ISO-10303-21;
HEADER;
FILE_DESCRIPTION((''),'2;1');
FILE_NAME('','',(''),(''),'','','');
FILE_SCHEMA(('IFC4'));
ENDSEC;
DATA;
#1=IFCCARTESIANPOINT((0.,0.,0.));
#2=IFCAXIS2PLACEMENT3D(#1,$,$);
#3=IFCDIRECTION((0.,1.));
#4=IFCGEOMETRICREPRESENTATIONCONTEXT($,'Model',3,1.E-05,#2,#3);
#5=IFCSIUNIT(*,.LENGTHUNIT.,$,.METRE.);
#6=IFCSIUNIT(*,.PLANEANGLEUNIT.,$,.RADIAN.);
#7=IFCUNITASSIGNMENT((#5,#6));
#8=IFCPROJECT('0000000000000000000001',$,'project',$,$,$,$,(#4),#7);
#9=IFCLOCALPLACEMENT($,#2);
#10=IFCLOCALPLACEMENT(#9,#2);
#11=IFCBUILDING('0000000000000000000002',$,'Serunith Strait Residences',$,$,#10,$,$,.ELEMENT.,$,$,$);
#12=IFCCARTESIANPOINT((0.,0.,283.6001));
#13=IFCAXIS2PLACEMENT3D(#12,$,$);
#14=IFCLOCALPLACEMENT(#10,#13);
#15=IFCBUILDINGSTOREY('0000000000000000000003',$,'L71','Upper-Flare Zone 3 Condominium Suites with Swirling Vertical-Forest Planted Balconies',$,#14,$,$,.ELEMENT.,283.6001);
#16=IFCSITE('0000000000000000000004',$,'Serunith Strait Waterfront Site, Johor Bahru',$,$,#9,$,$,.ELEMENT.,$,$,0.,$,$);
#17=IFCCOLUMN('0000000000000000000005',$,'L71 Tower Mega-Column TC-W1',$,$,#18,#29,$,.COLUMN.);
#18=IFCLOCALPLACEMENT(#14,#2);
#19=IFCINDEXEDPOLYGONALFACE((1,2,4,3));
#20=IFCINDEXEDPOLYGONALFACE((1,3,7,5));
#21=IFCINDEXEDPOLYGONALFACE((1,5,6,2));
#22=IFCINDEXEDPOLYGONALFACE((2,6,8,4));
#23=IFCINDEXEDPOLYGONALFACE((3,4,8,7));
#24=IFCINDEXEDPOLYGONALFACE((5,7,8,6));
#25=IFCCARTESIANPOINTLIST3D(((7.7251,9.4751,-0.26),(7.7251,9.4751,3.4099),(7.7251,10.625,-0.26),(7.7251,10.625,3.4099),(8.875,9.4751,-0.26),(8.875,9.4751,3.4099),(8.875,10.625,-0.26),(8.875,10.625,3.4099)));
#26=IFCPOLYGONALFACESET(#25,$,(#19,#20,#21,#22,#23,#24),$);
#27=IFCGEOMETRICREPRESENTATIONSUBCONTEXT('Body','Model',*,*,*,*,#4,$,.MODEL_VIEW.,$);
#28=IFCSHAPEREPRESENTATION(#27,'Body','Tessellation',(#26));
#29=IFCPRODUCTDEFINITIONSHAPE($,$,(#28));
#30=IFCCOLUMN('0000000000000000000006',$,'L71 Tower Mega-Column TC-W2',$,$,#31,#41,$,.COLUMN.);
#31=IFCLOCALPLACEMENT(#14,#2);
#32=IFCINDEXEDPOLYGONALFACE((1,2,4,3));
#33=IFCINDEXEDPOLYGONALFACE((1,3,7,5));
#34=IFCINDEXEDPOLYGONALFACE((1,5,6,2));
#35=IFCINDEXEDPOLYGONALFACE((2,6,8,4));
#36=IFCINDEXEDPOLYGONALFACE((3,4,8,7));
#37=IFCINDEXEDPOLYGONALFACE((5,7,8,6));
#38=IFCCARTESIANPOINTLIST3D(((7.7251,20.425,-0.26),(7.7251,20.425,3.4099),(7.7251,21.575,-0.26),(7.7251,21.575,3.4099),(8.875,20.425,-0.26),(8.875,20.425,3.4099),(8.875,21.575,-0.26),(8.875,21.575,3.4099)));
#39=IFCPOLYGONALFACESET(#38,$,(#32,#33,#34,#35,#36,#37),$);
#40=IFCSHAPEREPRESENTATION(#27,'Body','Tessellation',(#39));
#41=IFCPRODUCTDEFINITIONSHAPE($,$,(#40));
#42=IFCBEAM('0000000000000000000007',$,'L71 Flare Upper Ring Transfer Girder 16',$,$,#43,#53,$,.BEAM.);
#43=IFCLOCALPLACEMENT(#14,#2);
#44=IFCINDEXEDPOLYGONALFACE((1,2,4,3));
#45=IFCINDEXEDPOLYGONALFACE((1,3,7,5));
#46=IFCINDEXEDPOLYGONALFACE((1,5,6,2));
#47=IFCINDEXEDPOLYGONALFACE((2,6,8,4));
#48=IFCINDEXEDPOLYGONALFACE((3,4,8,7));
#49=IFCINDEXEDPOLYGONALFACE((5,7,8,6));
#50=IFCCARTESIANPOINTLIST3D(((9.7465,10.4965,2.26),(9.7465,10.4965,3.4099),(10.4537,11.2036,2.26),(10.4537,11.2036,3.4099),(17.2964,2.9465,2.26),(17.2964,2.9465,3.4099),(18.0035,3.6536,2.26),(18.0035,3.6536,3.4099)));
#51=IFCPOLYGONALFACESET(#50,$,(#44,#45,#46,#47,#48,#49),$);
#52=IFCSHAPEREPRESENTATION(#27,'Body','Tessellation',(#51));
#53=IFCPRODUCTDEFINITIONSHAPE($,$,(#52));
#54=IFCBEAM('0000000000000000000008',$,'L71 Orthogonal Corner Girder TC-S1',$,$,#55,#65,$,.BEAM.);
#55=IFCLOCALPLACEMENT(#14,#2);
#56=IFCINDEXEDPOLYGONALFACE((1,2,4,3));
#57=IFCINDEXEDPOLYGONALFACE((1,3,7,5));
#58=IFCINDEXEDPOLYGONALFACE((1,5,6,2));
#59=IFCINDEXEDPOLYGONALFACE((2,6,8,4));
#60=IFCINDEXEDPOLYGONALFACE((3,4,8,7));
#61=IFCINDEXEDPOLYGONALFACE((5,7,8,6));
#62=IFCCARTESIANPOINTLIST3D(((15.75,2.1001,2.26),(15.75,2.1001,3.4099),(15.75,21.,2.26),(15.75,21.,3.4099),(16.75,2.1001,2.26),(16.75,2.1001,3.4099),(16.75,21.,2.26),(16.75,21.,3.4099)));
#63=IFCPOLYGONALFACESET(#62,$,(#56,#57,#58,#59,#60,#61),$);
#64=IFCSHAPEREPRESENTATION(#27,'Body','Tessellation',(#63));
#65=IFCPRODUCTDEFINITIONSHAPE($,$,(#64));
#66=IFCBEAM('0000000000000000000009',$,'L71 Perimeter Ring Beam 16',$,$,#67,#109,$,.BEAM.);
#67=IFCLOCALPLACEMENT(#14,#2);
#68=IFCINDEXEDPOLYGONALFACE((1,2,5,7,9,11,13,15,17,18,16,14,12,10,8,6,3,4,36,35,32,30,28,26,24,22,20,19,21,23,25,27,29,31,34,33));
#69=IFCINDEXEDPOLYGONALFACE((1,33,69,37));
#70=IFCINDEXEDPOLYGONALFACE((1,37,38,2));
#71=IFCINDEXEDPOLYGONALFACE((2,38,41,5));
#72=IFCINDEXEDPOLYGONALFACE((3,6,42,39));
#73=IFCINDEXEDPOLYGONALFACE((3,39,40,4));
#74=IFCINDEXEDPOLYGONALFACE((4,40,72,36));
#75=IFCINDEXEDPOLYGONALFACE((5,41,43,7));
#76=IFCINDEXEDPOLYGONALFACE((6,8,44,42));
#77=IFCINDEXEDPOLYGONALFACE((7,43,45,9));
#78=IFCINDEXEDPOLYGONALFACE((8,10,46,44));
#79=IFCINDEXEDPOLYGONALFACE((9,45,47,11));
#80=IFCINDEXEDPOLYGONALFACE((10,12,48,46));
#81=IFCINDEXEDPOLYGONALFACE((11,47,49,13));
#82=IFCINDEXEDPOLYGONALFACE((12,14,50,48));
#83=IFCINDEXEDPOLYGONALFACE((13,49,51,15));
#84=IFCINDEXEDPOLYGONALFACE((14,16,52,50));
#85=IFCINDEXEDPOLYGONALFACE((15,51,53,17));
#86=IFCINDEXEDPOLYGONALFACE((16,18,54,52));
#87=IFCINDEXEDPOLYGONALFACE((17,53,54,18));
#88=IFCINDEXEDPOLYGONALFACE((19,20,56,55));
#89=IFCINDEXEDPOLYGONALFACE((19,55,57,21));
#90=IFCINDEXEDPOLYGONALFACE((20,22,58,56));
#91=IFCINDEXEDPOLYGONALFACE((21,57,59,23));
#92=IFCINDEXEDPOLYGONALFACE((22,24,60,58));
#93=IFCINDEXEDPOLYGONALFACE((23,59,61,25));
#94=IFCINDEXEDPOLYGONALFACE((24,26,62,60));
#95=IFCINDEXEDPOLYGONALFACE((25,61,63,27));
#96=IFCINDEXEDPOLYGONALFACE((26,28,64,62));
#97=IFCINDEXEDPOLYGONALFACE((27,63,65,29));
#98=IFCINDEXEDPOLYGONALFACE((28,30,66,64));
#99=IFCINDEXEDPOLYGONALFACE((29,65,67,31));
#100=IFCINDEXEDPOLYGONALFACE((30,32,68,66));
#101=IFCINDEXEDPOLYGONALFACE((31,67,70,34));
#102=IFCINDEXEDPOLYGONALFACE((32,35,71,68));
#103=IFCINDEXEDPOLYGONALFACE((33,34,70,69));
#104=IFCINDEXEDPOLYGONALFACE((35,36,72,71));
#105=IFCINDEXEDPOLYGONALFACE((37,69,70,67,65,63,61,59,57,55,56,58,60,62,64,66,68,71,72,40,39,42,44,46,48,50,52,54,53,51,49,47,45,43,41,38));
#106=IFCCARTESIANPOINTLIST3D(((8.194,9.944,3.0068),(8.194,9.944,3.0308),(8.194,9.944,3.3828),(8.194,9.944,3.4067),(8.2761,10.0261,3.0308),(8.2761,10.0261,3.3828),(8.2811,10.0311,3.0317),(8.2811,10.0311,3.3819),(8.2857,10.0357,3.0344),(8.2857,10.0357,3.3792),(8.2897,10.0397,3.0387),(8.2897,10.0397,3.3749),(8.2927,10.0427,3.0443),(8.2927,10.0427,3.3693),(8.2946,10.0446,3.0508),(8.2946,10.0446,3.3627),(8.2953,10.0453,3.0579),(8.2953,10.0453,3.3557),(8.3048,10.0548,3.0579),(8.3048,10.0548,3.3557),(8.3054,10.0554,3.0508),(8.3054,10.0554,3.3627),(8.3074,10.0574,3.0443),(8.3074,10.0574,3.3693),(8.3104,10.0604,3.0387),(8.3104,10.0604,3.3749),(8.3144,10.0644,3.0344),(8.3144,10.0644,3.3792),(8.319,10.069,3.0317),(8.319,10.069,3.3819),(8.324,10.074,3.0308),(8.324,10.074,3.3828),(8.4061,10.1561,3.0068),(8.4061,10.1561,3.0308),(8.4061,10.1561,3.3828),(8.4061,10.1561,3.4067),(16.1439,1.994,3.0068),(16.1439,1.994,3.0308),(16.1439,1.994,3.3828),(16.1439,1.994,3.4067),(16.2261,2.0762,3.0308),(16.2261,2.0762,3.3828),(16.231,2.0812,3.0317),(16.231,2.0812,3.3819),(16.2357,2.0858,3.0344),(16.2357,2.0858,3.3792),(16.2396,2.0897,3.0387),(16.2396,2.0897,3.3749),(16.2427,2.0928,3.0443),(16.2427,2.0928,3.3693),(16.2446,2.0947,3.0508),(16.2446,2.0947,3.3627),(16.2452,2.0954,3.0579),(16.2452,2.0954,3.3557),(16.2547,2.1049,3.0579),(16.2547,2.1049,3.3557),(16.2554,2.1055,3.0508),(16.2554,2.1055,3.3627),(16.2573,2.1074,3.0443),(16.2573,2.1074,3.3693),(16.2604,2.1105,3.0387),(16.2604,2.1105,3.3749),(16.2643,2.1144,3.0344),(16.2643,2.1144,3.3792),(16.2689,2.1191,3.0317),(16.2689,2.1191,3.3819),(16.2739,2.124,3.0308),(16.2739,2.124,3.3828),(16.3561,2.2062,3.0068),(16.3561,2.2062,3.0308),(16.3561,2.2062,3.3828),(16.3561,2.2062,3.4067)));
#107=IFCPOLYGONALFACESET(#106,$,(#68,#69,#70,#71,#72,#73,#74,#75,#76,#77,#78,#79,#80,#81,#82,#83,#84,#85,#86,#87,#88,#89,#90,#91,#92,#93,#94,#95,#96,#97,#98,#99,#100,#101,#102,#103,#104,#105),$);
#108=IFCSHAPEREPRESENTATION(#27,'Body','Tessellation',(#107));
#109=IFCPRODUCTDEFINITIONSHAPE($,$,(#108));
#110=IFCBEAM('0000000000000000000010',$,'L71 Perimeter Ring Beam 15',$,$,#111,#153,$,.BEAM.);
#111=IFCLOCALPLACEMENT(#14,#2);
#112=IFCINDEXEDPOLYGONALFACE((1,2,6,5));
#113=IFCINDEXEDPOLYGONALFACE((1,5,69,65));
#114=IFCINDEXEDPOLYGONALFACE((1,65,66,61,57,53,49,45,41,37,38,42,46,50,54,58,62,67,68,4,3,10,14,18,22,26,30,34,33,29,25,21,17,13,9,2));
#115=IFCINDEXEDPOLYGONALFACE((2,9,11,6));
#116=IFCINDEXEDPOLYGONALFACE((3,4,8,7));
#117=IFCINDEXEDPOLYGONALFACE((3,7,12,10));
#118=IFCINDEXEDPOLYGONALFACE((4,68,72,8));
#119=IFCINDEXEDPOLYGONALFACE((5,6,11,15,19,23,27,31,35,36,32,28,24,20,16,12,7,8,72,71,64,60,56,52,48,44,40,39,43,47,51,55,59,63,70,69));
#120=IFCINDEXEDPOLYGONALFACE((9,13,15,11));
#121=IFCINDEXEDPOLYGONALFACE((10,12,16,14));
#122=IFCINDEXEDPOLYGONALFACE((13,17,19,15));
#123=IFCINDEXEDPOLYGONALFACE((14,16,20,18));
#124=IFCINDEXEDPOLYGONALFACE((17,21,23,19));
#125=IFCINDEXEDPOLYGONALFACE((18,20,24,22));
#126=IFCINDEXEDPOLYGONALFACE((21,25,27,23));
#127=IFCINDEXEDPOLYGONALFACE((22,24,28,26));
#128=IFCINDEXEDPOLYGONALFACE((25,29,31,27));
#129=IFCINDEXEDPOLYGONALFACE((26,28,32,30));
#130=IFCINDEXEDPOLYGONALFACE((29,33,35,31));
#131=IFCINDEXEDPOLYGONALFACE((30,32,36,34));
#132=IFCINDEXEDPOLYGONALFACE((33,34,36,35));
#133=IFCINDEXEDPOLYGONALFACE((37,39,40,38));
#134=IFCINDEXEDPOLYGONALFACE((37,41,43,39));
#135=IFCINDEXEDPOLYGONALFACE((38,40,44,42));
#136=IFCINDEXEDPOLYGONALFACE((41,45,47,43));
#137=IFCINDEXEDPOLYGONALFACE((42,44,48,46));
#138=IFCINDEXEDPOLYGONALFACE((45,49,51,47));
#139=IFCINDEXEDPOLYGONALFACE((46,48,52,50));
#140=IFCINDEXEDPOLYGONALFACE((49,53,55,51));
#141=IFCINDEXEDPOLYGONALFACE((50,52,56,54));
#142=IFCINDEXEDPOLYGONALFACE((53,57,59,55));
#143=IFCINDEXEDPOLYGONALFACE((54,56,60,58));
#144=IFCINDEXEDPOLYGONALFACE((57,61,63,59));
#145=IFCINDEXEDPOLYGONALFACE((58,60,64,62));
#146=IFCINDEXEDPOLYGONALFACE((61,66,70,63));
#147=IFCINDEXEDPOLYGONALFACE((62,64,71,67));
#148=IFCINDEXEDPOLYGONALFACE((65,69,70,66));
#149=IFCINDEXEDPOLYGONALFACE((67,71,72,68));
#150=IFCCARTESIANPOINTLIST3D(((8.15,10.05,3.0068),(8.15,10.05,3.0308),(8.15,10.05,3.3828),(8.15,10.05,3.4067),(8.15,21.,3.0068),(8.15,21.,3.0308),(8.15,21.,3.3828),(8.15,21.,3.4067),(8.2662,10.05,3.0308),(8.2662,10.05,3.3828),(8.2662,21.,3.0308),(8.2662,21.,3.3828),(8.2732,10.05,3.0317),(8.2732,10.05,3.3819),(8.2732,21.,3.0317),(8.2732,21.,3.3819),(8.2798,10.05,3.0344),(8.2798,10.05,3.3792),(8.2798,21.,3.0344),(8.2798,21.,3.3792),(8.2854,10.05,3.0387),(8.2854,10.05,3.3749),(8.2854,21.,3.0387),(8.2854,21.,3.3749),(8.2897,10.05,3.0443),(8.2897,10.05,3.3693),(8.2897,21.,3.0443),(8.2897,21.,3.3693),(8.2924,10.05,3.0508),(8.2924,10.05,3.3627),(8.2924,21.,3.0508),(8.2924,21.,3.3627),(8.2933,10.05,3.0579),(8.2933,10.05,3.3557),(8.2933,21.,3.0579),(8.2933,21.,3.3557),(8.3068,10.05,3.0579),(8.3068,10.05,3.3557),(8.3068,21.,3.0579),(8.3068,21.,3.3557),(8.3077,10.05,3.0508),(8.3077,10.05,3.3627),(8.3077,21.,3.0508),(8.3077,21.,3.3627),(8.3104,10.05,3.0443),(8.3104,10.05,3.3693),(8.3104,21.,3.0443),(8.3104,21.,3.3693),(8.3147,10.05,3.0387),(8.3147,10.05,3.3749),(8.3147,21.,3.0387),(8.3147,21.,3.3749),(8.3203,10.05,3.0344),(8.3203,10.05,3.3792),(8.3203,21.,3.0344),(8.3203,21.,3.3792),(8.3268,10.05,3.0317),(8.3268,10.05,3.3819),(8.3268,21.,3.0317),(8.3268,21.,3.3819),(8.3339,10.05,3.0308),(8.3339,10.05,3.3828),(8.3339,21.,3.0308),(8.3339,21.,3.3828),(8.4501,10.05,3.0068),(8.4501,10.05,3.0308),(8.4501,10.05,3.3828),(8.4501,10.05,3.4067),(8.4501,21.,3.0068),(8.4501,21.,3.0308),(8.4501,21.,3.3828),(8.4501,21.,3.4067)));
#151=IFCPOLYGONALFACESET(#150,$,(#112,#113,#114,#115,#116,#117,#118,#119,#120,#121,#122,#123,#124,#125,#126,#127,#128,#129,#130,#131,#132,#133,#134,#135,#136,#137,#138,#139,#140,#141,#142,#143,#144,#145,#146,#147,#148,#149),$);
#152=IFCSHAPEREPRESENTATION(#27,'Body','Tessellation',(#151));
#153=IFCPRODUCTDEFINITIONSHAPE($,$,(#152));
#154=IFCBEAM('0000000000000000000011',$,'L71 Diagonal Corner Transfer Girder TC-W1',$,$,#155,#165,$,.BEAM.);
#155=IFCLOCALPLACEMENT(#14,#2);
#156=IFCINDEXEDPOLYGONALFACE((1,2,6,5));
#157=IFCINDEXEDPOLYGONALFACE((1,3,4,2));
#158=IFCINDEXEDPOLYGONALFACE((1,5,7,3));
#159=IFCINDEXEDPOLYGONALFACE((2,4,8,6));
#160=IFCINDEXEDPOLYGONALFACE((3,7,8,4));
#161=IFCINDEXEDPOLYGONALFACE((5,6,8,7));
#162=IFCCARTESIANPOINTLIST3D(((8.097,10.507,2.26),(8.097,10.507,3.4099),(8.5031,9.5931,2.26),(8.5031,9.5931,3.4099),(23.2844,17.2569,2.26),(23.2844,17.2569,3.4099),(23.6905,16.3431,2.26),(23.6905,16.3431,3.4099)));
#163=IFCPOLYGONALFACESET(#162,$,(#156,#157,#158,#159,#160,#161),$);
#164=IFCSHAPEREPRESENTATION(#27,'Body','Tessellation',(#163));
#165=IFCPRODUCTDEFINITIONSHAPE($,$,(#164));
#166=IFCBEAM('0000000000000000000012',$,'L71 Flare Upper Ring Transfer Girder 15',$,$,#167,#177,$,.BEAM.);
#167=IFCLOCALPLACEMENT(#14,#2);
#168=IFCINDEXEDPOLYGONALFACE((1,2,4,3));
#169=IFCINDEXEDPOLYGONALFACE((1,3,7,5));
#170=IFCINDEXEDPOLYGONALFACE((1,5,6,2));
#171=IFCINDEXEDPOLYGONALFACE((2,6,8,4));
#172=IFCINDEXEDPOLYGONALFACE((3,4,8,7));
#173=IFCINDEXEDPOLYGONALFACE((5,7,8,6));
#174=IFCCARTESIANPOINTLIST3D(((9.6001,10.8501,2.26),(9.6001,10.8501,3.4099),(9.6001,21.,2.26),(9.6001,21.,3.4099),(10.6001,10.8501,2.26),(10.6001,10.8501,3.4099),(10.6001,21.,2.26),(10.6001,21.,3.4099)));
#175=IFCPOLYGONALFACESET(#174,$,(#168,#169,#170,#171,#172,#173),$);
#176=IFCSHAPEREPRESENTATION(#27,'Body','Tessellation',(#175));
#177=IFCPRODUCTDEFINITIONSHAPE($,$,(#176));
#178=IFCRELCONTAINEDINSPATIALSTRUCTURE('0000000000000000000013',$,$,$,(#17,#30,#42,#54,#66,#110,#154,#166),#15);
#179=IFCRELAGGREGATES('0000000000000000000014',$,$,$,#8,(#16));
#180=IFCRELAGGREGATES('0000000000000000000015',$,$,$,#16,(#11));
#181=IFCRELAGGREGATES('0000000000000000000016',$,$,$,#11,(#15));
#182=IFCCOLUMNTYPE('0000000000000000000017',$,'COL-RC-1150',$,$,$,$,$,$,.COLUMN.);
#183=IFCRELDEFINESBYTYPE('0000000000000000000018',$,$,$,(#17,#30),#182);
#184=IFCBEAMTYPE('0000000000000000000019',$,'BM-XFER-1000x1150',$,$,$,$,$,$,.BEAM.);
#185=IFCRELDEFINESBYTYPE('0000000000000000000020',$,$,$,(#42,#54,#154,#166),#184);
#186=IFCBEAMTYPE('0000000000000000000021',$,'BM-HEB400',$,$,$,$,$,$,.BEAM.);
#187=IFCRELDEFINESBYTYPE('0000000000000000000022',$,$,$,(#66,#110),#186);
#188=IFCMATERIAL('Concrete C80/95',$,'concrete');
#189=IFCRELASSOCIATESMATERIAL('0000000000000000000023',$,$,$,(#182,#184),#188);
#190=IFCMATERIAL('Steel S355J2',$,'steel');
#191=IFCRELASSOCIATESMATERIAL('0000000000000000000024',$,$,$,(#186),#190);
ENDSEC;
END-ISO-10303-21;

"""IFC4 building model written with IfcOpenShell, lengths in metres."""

from ifc_helpers import new_model, si_unit, direction, frame, origin, origin_2d, place, context, subcontext, project, spatial, rectangle, i_section, extrude, source, transform, mapped, material, material_profile, profile_set, type_object, element, save


model = new_model("IFC4")

# Units and contexts
model_context = context("Model", 3, precision=1e-05, world=origin(), true_north=direction((0.0, 1.0)))
body_context = subcontext(model_context, "Body", "Model", "MODEL_VIEW")
ifc_project = project(units=[si_unit("LENGTHUNIT", "METRE"), si_unit("PLANEANGLEUNIT", "RADIAN")], contexts=[model_context])

# Site, building, storey
site_placement = place(None, origin())
site = spatial("IfcSite", under=ifc_project, at=site_placement, Name="Serunith Strait Waterfront Site, Johor Bahru", CompositionType="ELEMENT", RefElevation=0.0)
building_placement = place(site_placement, origin())
building = spatial("IfcBuilding", under=site, at=building_placement, Name="Serunith Strait Residences", CompositionType="ELEMENT")
storey_placement = place(building_placement, frame((0.0, 0.0, 283.6001)))
storey = spatial("IfcBuildingStorey", under=building, at=storey_placement, Name="L71", Description="Upper-Flare Zone 3 Condominium Suites with Swirling Vertical-Forest Planted Balconies", CompositionType="ELEMENT", Elevation=283.6001)

# Columns
ifc_material_1 = material(Name="Concrete C80/95", Category="concrete")
ifc_material_profile_1 = material_profile(ifc_material_1, rectangle(XDim=1.1499, YDim=1.1499, at=origin_2d()), Name="RC 1150x1150")
ifc_profile_set_1 = profile_set([ifc_material_profile_1], Name="Concrete C80/95")
column_type = type_object("IfcColumnType", Name="COL-RC-1150", PredefinedType="COLUMN", material=ifc_profile_set_1)
shared_shape_1 = source(origin(), body_context, "Body", "SweptSolid", [
    extrude(rectangle(XDim=1.1499, YDim=1.1499, at=origin_2d()), origin(), (0.0, 0.0, 1.0), 3.6699),
])
for number, where, z_axis, x_axis, name in (
    (1, (8.3, 10.05, -0.26), (0.0, 0.0, 1.0), (1.0, 0.0, 0.0), "L71 Tower Mega-Column TC-W1"),
    (2, (8.3, 21.0, -0.26), (0.0, 0.0, 1.0), (1.0, 0.0, 0.0), "L71 Tower Mega-Column TC-W2"),
):
    element("IfcColumn", number, at=place(storey_placement, frame(where, z_axis=z_axis, x_axis=x_axis)), inside=storey, type_object=column_type, Name=name, PredefinedType="COLUMN", context=body_context, shape_type="MappedRepresentation", body=[
        mapped(shared_shape_1, transform((0.0, 0.0, 0.0), scale=1.0)),
    ])

# Beams
ifc_material_profile_2 = material_profile(ifc_material_1, rectangle(XDim=1.0, YDim=1.1499, at=origin_2d()), Name="RC 1000x1150")
ifc_profile_set_2 = profile_set([ifc_material_profile_2], Name="Concrete C80/95")
beam_type_1 = type_object("IfcBeamType", Name="BM-XFER-1000x1150", PredefinedType="BEAM", material=ifc_profile_set_2)
shared_shape_2 = source(origin(), body_context, "Body", "SweptSolid", [
    extrude(rectangle(XDim=1.0, YDim=1.1499, at=origin_2d()), origin(), (0.0, 0.0, 1.0), 10.6772),
])
beam_1_placement = place(storey_placement, frame((10.1001, 10.8501, 2.835), z_axis=(0.707095, -0.707118, 0.0), x_axis=(0.707118, 0.707095, 0.0)))
element("IfcBeam", 3, at=beam_1_placement, inside=storey, type_object=beam_type_1, Name="L71 Flare Upper Ring Transfer Girder 16", PredefinedType="BEAM", context=body_context, shape_type="MappedRepresentation", body=[
    mapped(shared_shape_2, transform((0.0, 0.0, 0.0), scale=1.0)),
])
shared_shape_3 = source(origin(), body_context, "Body", "SweptSolid", [
    extrude(rectangle(XDim=1.0, YDim=1.1499, at=origin_2d()), origin(), (0.0, 0.0, 1.0), 18.8999),
])
beam_2_placement = place(storey_placement, frame((16.25, 21.0, 2.835), z_axis=(0.0, -1.0, 0.0), x_axis=(1.0, 0.0, 0.0)))
element("IfcBeam", 4, at=beam_2_placement, inside=storey, type_object=beam_type_1, Name="L71 Orthogonal Corner Girder TC-S1", PredefinedType="BEAM", context=body_context, shape_type="MappedRepresentation", body=[
    mapped(shared_shape_3, transform((0.0, 0.0, 0.0), scale=1.0)),
])
ifc_material_2 = material(Name="Steel S355J2", Category="steel")
ifc_material_profile_3 = material_profile(ifc_material_2, i_section(OverallWidth=0.3, OverallDepth=0.3999, WebThickness=0.0134, FlangeThickness=0.0239, FilletRadius=0.0271, at=origin_2d()), Name="HEB 400")
ifc_profile_set_3 = profile_set([ifc_material_profile_3], Name="Steel S355J2")
beam_type_2 = type_object("IfcBeamType", Name="BM-HEB400", PredefinedType="BEAM", material=ifc_profile_set_3)
shared_shape_4 = source(origin(), body_context, "Body", "SweptSolid", [
    extrude(i_section(OverallWidth=0.3, OverallDepth=0.3999, WebThickness=0.0134, FlangeThickness=0.0239, FilletRadius=0.0271, at=origin_2d()), origin(), (0.0, 0.0, 1.0), 11.2429),
])
beam_3_placement = place(storey_placement, frame((8.3, 10.05, 3.2068), z_axis=(0.707107, -0.707107, 0.0), x_axis=(0.707107, 0.707107, 0.0)))
element("IfcBeam", 5, at=beam_3_placement, inside=storey, type_object=beam_type_2, Name="L71 Perimeter Ring Beam 16", PredefinedType="BEAM", context=body_context, shape_type="MappedRepresentation", body=[
    mapped(shared_shape_4, transform((0.0, 0.0, 0.0), scale=1.0)),
])
shared_shape_5 = source(origin(), body_context, "Body", "SweptSolid", [
    extrude(i_section(OverallWidth=0.3, OverallDepth=0.3999, WebThickness=0.0134, FlangeThickness=0.0239, FilletRadius=0.0271, at=origin_2d()), origin(), (0.0, 0.0, 1.0), 10.95),
])
beam_4_placement = place(storey_placement, frame((8.3, 21.0, 3.2068), z_axis=(0.0, -1.0, 0.0), x_axis=(1.0, 0.0, 0.0)))
element("IfcBeam", 6, at=beam_4_placement, inside=storey, type_object=beam_type_2, Name="L71 Perimeter Ring Beam 15", PredefinedType="BEAM", context=body_context, shape_type="MappedRepresentation", body=[
    mapped(shared_shape_5, transform((0.0, 0.0, 0.0), scale=1.0)),
])
shared_shape_6 = source(origin(), body_context, "Body", "SweptSolid", [
    extrude(rectangle(XDim=1.0, YDim=1.1499, at=origin_2d()), origin(), (0.0, 0.0, 1.0), 16.6199),
])
beam_5_placement = place(storey_placement, frame((8.3, 10.05, 2.835), z_axis=(0.913812, 0.406138, 0.0), x_axis=(-0.406138, 0.913812, 0.0)))
element("IfcBeam", 7, at=beam_5_placement, inside=storey, type_object=beam_type_1, Name="L71 Diagonal Corner Transfer Girder TC-W1", PredefinedType="BEAM", context=body_context, shape_type="MappedRepresentation", body=[
    mapped(shared_shape_6, transform((0.0, 0.0, 0.0), scale=1.0)),
])
shared_shape_7 = source(origin(), body_context, "Body", "SweptSolid", [
    extrude(rectangle(XDim=1.0, YDim=1.1499, at=origin_2d()), origin(), (0.0, 0.0, 1.0), 10.1499),
])
beam_6_placement = place(storey_placement, frame((10.1001, 21.0, 2.835), z_axis=(0.0, -1.0, 0.0), x_axis=(1.0, 0.0, 0.0)))
element("IfcBeam", 8, at=beam_6_placement, inside=storey, type_object=beam_type_1, Name="L71 Flare Upper Ring Transfer Girder 15", PredefinedType="BEAM", context=body_context, shape_type="MappedRepresentation", body=[
    mapped(shared_shape_7, transform((0.0, 0.0, 0.0), scale=1.0)),
])

save(model, "model.ifc")
